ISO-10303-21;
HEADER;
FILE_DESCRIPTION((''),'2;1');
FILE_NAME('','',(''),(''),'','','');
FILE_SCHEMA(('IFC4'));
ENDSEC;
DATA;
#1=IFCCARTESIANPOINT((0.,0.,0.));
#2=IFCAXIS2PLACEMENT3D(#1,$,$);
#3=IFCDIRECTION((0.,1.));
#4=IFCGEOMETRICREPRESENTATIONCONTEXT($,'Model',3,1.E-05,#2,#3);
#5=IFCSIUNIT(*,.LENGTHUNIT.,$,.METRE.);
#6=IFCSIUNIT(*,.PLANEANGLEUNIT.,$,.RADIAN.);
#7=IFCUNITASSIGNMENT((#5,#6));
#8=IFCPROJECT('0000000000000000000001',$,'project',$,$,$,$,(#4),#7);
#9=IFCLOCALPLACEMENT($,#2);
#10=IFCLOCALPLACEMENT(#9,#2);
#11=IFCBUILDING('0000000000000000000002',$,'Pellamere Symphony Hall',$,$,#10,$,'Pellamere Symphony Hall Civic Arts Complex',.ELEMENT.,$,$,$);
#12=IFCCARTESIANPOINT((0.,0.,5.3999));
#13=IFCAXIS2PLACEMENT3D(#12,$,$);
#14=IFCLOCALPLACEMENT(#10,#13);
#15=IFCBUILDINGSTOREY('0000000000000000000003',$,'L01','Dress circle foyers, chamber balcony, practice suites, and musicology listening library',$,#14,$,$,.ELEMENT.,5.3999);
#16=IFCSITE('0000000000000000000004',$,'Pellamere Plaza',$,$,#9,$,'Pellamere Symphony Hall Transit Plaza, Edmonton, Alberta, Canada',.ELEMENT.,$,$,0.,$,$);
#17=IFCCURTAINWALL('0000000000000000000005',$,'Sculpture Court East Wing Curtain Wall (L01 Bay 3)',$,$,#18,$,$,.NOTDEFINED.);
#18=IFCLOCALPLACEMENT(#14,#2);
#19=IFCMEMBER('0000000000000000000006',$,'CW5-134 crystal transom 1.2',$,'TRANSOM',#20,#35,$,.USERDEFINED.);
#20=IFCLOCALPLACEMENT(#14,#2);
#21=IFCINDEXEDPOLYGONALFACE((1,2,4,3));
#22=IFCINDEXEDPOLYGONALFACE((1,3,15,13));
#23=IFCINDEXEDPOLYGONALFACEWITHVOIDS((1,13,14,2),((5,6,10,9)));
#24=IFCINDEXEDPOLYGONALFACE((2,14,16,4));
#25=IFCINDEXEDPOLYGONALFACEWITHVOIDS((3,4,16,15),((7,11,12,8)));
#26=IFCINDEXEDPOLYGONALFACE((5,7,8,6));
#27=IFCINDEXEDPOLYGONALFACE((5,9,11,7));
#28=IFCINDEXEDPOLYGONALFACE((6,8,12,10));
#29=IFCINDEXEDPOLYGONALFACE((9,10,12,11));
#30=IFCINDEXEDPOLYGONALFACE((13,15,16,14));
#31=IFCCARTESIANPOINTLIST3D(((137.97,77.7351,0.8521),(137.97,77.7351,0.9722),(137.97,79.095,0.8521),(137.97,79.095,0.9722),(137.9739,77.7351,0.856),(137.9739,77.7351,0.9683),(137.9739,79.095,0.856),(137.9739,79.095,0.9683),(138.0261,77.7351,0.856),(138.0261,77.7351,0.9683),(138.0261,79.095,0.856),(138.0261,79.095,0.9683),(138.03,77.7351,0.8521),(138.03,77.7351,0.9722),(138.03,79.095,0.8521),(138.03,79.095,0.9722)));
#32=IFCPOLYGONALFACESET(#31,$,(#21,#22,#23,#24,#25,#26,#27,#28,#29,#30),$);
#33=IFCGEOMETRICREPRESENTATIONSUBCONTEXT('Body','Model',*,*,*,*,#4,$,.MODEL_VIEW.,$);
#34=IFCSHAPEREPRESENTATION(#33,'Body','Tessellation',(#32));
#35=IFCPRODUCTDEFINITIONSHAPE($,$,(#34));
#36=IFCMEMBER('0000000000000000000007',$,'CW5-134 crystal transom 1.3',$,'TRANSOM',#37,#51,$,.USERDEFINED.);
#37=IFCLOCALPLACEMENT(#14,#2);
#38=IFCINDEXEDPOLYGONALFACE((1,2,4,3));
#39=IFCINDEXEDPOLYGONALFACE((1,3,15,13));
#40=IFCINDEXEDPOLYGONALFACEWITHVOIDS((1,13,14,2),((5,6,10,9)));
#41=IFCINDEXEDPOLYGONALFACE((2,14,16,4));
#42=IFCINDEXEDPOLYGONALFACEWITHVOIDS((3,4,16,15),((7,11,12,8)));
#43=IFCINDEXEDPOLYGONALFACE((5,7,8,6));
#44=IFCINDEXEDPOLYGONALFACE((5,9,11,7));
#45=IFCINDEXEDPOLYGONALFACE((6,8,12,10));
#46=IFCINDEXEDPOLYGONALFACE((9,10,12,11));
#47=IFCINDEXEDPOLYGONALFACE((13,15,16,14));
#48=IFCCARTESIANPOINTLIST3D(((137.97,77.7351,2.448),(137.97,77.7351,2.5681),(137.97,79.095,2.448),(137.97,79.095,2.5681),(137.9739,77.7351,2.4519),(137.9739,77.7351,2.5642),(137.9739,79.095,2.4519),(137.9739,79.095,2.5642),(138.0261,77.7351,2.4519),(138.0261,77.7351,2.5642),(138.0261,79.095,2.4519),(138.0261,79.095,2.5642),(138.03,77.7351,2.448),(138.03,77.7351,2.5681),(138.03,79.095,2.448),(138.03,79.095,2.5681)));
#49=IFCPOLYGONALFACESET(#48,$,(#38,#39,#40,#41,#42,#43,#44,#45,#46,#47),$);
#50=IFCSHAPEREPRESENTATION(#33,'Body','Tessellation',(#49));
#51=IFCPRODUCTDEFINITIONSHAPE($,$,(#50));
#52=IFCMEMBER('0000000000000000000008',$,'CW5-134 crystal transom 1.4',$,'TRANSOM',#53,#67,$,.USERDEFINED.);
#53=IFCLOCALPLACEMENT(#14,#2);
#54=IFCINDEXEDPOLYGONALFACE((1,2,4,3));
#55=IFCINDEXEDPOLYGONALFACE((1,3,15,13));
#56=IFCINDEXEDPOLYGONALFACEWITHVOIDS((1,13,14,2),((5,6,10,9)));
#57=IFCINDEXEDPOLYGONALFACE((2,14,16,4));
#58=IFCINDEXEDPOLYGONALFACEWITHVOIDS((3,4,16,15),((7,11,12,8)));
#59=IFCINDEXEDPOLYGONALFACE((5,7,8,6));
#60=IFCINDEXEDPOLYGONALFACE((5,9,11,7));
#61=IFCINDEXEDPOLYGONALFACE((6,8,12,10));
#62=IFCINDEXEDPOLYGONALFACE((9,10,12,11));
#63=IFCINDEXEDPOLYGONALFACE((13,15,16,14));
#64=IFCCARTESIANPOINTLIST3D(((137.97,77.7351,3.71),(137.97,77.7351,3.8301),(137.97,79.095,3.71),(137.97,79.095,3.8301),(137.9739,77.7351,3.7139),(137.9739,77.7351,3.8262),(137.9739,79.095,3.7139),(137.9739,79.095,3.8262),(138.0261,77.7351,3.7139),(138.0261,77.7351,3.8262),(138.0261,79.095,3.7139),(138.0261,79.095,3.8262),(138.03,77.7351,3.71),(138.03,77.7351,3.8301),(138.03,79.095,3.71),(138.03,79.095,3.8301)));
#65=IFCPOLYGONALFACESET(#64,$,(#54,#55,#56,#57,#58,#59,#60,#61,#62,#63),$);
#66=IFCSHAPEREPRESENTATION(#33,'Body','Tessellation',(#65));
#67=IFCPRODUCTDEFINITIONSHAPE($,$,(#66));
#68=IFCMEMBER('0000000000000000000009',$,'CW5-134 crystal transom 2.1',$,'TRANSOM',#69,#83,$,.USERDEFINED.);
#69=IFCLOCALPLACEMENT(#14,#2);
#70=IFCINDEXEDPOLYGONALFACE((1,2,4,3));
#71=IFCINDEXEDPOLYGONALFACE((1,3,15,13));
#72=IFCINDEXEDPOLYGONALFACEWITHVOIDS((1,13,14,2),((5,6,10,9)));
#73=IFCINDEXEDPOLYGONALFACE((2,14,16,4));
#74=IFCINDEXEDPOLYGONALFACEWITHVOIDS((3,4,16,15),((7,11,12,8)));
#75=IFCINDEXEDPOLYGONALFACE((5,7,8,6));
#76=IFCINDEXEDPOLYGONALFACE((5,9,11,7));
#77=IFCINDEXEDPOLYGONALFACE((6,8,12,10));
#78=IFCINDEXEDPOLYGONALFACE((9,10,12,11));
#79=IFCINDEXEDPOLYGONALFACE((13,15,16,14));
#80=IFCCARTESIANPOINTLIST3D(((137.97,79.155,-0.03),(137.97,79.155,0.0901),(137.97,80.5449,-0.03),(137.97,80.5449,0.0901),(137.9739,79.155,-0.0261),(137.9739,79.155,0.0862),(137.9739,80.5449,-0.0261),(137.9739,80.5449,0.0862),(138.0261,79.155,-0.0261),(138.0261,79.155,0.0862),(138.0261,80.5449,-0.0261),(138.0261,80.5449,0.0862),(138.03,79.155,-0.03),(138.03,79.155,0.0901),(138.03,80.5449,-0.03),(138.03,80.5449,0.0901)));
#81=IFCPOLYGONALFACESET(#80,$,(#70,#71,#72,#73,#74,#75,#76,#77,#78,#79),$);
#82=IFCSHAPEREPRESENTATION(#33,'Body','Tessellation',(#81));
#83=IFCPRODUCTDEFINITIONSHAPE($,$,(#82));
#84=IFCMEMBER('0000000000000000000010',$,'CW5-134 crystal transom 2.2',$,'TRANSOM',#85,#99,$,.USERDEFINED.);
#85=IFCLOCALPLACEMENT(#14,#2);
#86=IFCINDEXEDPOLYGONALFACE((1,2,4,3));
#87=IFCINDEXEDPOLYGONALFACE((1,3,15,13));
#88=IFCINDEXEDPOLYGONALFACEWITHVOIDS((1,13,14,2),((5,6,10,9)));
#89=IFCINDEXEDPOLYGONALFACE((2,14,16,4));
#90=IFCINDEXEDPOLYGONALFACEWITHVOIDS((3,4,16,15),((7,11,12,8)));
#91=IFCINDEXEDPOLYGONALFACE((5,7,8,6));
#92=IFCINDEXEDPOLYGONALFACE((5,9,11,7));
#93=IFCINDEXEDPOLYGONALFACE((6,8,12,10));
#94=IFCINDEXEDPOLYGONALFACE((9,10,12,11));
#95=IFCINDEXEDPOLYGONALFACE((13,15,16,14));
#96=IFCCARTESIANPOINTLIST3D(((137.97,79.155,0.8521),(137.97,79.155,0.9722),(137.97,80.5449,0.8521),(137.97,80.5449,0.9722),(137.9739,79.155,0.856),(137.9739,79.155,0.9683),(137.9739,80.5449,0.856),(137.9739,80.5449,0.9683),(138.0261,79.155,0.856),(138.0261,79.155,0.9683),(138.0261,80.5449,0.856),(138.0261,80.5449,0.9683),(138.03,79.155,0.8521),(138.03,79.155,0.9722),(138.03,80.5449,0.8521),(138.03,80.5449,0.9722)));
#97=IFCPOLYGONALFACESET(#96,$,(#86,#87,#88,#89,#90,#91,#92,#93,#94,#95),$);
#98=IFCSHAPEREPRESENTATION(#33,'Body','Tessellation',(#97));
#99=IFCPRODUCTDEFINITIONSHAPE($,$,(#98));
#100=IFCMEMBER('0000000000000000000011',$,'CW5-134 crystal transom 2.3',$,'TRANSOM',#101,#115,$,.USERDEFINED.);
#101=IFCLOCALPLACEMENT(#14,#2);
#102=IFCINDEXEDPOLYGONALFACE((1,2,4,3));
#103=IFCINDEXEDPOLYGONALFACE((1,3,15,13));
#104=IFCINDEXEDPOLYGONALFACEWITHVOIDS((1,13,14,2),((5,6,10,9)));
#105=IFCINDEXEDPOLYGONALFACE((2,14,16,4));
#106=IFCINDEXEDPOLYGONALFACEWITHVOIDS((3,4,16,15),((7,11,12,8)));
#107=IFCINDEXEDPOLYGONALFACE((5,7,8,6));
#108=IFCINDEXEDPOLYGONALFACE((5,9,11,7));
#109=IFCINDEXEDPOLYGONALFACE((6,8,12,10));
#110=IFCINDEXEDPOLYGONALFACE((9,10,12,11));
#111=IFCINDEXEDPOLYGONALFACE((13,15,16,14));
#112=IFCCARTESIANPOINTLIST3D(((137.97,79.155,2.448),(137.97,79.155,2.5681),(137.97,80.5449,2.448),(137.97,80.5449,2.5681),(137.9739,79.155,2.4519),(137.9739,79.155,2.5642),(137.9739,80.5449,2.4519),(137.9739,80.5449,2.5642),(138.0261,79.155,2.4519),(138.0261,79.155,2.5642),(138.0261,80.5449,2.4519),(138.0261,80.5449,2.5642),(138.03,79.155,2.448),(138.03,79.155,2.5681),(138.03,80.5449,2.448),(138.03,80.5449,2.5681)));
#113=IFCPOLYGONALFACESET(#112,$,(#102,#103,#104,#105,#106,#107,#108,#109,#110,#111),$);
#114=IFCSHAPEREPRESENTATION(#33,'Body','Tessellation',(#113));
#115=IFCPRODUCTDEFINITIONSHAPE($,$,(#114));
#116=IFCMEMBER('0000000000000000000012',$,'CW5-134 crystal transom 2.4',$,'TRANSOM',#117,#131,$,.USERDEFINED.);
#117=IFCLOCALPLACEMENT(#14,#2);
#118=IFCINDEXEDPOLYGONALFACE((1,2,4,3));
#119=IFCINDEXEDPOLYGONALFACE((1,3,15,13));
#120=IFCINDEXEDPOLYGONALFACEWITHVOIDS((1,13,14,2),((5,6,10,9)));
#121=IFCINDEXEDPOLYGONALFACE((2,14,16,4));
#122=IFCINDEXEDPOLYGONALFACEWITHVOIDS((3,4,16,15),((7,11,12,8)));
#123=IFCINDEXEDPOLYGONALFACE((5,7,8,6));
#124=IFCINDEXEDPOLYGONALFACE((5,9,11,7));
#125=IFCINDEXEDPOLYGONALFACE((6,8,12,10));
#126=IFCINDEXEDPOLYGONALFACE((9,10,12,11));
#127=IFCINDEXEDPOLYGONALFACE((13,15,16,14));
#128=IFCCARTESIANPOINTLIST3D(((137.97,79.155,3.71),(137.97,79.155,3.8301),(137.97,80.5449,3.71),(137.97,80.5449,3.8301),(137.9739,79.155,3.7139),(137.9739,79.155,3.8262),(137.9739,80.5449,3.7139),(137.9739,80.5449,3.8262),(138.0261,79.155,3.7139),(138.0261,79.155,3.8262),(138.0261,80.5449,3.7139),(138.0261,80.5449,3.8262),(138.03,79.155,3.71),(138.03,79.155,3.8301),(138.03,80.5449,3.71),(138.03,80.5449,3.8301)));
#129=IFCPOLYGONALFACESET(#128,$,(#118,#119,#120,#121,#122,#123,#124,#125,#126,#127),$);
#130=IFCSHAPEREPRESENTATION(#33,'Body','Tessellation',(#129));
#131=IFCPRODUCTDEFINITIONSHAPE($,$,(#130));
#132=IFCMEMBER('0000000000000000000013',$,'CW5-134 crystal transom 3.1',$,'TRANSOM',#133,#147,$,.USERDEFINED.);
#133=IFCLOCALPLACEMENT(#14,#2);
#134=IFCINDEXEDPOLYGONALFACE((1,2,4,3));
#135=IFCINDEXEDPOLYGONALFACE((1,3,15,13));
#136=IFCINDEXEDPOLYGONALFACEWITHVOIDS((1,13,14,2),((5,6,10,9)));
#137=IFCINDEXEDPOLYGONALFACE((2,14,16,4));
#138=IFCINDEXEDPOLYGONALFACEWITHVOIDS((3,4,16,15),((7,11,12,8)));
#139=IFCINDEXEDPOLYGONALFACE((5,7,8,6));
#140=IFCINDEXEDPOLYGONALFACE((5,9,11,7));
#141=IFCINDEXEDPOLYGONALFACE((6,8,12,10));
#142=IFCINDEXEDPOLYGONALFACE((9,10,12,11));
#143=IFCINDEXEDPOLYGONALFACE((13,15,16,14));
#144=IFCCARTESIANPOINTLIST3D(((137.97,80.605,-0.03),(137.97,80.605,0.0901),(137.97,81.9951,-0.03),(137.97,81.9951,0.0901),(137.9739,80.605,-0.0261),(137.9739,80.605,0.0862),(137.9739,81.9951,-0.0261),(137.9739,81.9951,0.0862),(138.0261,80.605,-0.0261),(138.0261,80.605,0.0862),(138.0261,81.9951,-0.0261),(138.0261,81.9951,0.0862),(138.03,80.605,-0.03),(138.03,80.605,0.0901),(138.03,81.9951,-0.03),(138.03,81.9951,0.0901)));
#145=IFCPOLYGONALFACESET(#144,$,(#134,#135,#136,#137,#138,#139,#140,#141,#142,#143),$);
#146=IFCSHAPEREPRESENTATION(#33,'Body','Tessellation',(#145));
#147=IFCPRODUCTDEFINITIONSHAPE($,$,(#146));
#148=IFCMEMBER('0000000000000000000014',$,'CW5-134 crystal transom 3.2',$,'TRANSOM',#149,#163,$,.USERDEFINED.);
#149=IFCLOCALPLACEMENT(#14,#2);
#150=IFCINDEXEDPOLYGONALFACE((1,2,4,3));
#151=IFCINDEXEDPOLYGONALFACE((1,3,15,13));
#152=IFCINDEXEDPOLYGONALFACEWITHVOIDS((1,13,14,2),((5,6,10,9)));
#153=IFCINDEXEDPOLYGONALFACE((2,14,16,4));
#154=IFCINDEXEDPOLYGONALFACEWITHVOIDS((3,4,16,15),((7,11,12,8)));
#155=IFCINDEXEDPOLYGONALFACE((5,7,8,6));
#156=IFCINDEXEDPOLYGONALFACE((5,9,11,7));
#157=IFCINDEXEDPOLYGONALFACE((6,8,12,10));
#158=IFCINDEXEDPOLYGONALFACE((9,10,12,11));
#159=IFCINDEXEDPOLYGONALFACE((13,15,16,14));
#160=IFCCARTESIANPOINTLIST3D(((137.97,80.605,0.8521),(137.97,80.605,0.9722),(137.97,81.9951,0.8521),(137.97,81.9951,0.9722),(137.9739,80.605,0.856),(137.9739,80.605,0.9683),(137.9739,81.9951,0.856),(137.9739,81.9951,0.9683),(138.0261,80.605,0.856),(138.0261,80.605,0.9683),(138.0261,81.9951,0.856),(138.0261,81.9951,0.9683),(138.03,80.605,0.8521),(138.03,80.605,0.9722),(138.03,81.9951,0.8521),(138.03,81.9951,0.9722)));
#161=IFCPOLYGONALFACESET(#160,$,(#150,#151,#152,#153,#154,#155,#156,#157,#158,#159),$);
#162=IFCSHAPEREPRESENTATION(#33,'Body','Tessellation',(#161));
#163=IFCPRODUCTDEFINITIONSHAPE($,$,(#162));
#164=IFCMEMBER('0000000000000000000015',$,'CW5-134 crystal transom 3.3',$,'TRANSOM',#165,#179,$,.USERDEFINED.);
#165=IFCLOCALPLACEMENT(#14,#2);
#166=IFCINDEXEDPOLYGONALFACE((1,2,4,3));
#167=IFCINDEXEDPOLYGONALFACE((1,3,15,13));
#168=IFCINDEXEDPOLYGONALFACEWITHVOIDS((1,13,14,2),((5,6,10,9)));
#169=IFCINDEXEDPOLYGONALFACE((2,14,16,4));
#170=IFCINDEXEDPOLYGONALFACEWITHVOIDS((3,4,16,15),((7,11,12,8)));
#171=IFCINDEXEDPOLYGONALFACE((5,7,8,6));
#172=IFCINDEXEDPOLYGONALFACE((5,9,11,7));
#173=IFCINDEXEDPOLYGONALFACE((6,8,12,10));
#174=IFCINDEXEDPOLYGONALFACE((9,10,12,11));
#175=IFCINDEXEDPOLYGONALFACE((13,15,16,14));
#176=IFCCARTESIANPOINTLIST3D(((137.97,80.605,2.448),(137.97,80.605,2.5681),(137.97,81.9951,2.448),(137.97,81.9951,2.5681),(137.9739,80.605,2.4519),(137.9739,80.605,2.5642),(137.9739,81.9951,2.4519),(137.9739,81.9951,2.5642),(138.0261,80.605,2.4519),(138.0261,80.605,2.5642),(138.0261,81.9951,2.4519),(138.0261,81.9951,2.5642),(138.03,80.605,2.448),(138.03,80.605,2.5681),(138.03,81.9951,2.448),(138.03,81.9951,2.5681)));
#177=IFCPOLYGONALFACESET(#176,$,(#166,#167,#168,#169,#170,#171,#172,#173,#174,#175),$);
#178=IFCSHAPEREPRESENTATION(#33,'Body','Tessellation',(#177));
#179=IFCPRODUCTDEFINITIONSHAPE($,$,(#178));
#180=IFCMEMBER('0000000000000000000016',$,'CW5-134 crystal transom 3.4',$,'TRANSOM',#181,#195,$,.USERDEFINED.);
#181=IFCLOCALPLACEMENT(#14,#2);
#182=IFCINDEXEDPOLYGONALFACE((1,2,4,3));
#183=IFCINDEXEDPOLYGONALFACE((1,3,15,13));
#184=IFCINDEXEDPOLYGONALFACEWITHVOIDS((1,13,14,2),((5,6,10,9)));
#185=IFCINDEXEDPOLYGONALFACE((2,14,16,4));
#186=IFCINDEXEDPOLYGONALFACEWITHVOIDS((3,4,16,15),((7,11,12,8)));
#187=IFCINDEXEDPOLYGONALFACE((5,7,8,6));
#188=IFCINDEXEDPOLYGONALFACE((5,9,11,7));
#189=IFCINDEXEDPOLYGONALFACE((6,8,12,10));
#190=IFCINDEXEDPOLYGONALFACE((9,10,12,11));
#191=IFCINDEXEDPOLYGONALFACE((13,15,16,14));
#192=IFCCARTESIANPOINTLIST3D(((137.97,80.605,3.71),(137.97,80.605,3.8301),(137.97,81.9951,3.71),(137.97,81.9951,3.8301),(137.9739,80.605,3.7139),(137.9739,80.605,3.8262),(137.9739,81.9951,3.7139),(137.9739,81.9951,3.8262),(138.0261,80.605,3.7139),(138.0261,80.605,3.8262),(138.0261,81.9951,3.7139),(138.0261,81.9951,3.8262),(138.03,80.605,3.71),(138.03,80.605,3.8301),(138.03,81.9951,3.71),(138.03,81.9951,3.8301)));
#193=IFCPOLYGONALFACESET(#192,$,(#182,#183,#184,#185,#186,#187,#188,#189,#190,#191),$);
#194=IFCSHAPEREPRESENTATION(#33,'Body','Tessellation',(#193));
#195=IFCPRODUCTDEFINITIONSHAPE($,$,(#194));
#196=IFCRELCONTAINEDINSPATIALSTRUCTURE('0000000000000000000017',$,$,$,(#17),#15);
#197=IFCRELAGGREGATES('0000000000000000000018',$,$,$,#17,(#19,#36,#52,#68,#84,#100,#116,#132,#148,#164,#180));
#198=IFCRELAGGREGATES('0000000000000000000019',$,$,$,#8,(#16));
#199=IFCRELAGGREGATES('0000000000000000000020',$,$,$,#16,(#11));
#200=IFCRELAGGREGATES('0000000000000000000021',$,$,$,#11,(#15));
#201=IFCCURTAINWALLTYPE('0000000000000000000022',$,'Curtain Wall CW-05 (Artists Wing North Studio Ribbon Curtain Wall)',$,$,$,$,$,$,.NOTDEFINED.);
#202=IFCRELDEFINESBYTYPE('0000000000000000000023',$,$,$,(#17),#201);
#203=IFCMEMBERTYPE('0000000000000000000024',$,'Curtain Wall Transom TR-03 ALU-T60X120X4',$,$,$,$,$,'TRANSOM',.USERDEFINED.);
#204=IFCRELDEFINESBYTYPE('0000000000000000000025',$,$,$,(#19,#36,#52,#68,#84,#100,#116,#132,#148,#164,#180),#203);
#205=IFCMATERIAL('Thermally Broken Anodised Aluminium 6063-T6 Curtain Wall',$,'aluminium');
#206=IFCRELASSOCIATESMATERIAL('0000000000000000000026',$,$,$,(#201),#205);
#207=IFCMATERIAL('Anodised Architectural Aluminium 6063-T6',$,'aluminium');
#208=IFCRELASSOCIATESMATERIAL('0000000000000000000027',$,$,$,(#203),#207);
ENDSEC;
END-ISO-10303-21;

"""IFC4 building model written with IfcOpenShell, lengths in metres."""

from ifc_helpers import new_model, si_unit, direction, frame, origin, origin_2d, place, context, subcontext, project, spatial, hollow_rectangle, extrude, material, material_profile, profile_set, type_object, element, aggregate, save


model = new_model("IFC4")

# Units and contexts
model_context = context("Model", 3, precision=1e-05, world=origin(), true_north=direction((0.0, 1.0)))
body_context = subcontext(model_context, "Body", "Model", "MODEL_VIEW")
ifc_project = project(units=[si_unit("LENGTHUNIT", "METRE"), si_unit("PLANEANGLEUNIT", "RADIAN")], contexts=[model_context])

# Site, building, storey
site_placement = place(None, origin())
site = spatial("IfcSite", under=ifc_project, at=site_placement, Name="Pellamere Plaza", LongName="Pellamere Symphony Hall Transit Plaza, Edmonton, Alberta, Canada", CompositionType="ELEMENT", RefElevation=0.0)
building_placement = place(site_placement, origin())
building = spatial("IfcBuilding", under=site, at=building_placement, Name="Pellamere Symphony Hall", LongName="Pellamere Symphony Hall Civic Arts Complex", CompositionType="ELEMENT")
storey_placement = place(building_placement, frame((0.0, 0.0, 5.3999)))
storey = spatial("IfcBuildingStorey", under=building, at=storey_placement, Name="L01", Description="Dress circle foyers, chamber balcony, practice suites, and musicology listening library", CompositionType="ELEMENT", Elevation=5.3999)

# Shared definitions
ifc_material_1 = material(Name="Thermally Broken Anodised Aluminium 6063-T6 Curtain Wall", Category="aluminium")
curtain_wall_type = type_object("IfcCurtainWallType", Name="Curtain Wall CW-05 (Artists Wing North Studio Ribbon Curtain Wall)", PredefinedType="NOTDEFINED", material=ifc_material_1)
ifc_material_2 = material(Name="Anodised Architectural Aluminium 6063-T6", Category="aluminium")

# Curtain wall
curtain_wall_1_placement = place(storey_placement, origin())
curtain_wall_1 = element("IfcCurtainWall", 1, at=curtain_wall_1_placement, inside=storey, type_object=curtain_wall_type, Name="Sculpture Court East Wing Curtain Wall (L01 Bay 3)", PredefinedType="NOTDEFINED")

# Members
ifc_material_profile_1 = material_profile(ifc_material_2, hollow_rectangle(XDim=0.0601, YDim=0.1201, WallThickness=0.0039, at=origin_2d()), Name="ALU-T60X120X4")
ifc_profile_set_1 = profile_set([ifc_material_profile_1], Name="Anodised Architectural Aluminium 6063-T6")
member_type_1 = type_object("IfcMemberType", Name="Curtain Wall Transom TR-03 ALU-T60X120X4", ElementType="TRANSOM", PredefinedType="USERDEFINED", material=ifc_profile_set_1)
member_1_placement = place(storey_placement, frame((138.0, 77.7351, 0.9121), z_axis=(0.0, 1.0, 0.0), x_axis=(-1.0, 0.0, 0.0)))
member_1 = element("IfcMember", 2, at=member_1_placement, type_object=member_type_1, Name="CW5-134 crystal transom 1.2", ObjectType="TRANSOM", PredefinedType="USERDEFINED", context=body_context, shape_type="SweptSolid", body=[
    extrude(hollow_rectangle(XDim=0.0601, YDim=0.1201, WallThickness=0.0039, at=origin_2d()), origin(), (0.0, 0.0, 1.0), 1.3599),
])
member_2_placement = place(storey_placement, frame((138.0, 77.7351, 2.5081), z_axis=(0.0, 1.0, 0.0), x_axis=(-1.0, 0.0, 0.0)))
member_2 = element("IfcMember", 3, at=member_2_placement, type_object=member_type_1, Name="CW5-134 crystal transom 1.3", ObjectType="TRANSOM", PredefinedType="USERDEFINED", context=body_context, shape_type="SweptSolid", body=[
    extrude(hollow_rectangle(XDim=0.0601, YDim=0.1201, WallThickness=0.0039, at=origin_2d()), origin(), (0.0, 0.0, 1.0), 1.3599),
])
member_3_placement = place(storey_placement, frame((138.0, 77.7351, 3.77), z_axis=(0.0, 1.0, 0.0), x_axis=(-1.0, 0.0, 0.0)))
member_3 = element("IfcMember", 4, at=member_3_placement, type_object=member_type_1, Name="CW5-134 crystal transom 1.4", ObjectType="TRANSOM", PredefinedType="USERDEFINED", context=body_context, shape_type="SweptSolid", body=[
    extrude(hollow_rectangle(XDim=0.0601, YDim=0.1201, WallThickness=0.0039, at=origin_2d()), origin(), (0.0, 0.0, 1.0), 1.3599),
])
member_4_placement = place(storey_placement, frame((138.0, 79.155, 0.03), z_axis=(0.0, 1.0, 0.0), x_axis=(-1.0, 0.0, 0.0)))
member_4 = element("IfcMember", 5, at=member_4_placement, type_object=member_type_1, Name="CW5-134 crystal transom 2.1", ObjectType="TRANSOM", PredefinedType="USERDEFINED", context=body_context, shape_type="SweptSolid", body=[
    extrude(hollow_rectangle(XDim=0.0601, YDim=0.1201, WallThickness=0.0039, at=origin_2d()), origin(), (0.0, 0.0, 1.0), 1.3899),
])
member_5_placement = place(storey_placement, frame((138.0, 79.155, 0.9121), z_axis=(0.0, 1.0, 0.0), x_axis=(-1.0, 0.0, 0.0)))
member_5 = element("IfcMember", 6, at=member_5_placement, type_object=member_type_1, Name="CW5-134 crystal transom 2.2", ObjectType="TRANSOM", PredefinedType="USERDEFINED", context=body_context, shape_type="SweptSolid", body=[
    extrude(hollow_rectangle(XDim=0.0601, YDim=0.1201, WallThickness=0.0039, at=origin_2d()), origin(), (0.0, 0.0, 1.0), 1.3899),
])
member_6_placement = place(storey_placement, frame((138.0, 79.155, 2.5081), z_axis=(0.0, 1.0, 0.0), x_axis=(-1.0, 0.0, 0.0)))
member_6 = element("IfcMember", 7, at=member_6_placement, type_object=member_type_1, Name="CW5-134 crystal transom 2.3", ObjectType="TRANSOM", PredefinedType="USERDEFINED", context=body_context, shape_type="SweptSolid", body=[
    extrude(hollow_rectangle(XDim=0.0601, YDim=0.1201, WallThickness=0.0039, at=origin_2d()), origin(), (0.0, 0.0, 1.0), 1.3899),
])
member_7_placement = place(storey_placement, frame((138.0, 79.155, 3.77), z_axis=(0.0, 1.0, 0.0), x_axis=(-1.0, 0.0, 0.0)))
member_7 = element("IfcMember", 8, at=member_7_placement, type_object=member_type_1, Name="CW5-134 crystal transom 2.4", ObjectType="TRANSOM", PredefinedType="USERDEFINED", context=body_context, shape_type="SweptSolid", body=[
    extrude(hollow_rectangle(XDim=0.0601, YDim=0.1201, WallThickness=0.0039, at=origin_2d()), origin(), (0.0, 0.0, 1.0), 1.3899),
])
member_8_placement = place(storey_placement, frame((138.0, 80.605, 0.03), z_axis=(0.0, 1.0, 0.0), x_axis=(-1.0, 0.0, 0.0)))
member_8 = element("IfcMember", 9, at=member_8_placement, type_object=member_type_1, Name="CW5-134 crystal transom 3.1", ObjectType="TRANSOM", PredefinedType="USERDEFINED", context=body_context, shape_type="SweptSolid", body=[
    extrude(hollow_rectangle(XDim=0.0601, YDim=0.1201, WallThickness=0.0039, at=origin_2d()), origin(), (0.0, 0.0, 1.0), 1.3901),
])
member_9_placement = place(storey_placement, frame((138.0, 80.605, 0.9121), z_axis=(0.0, 1.0, 0.0), x_axis=(-1.0, 0.0, 0.0)))
member_9 = element("IfcMember", 10, at=member_9_placement, type_object=member_type_1, Name="CW5-134 crystal transom 3.2", ObjectType="TRANSOM", PredefinedType="USERDEFINED", context=body_context, shape_type="SweptSolid", body=[
    extrude(hollow_rectangle(XDim=0.0601, YDim=0.1201, WallThickness=0.0039, at=origin_2d()), origin(), (0.0, 0.0, 1.0), 1.3901),
])
member_10_placement = place(storey_placement, frame((138.0, 80.605, 2.5081), z_axis=(0.0, 1.0, 0.0), x_axis=(-1.0, 0.0, 0.0)))
member_10 = element("IfcMember", 11, at=member_10_placement, type_object=member_type_1, Name="CW5-134 crystal transom 3.3", ObjectType="TRANSOM", PredefinedType="USERDEFINED", context=body_context, shape_type="SweptSolid", body=[
    extrude(hollow_rectangle(XDim=0.0601, YDim=0.1201, WallThickness=0.0039, at=origin_2d()), origin(), (0.0, 0.0, 1.0), 1.3901),
])
member_11_placement = place(storey_placement, frame((138.0, 80.605, 3.77), z_axis=(0.0, 1.0, 0.0), x_axis=(-1.0, 0.0, 0.0)))
member_11 = element("IfcMember", 12, at=member_11_placement, type_object=member_type_1, Name="CW5-134 crystal transom 3.4", ObjectType="TRANSOM", PredefinedType="USERDEFINED", context=body_context, shape_type="SweptSolid", body=[
    extrude(hollow_rectangle(XDim=0.0601, YDim=0.1201, WallThickness=0.0039, at=origin_2d()), origin(), (0.0, 0.0, 1.0), 1.3901),
])

aggregate(curtain_wall_1, [member_1, member_2, member_3, member_4, member_5, member_6, member_7, member_8, member_9, member_10, member_11])

save(model, "model.ifc")
